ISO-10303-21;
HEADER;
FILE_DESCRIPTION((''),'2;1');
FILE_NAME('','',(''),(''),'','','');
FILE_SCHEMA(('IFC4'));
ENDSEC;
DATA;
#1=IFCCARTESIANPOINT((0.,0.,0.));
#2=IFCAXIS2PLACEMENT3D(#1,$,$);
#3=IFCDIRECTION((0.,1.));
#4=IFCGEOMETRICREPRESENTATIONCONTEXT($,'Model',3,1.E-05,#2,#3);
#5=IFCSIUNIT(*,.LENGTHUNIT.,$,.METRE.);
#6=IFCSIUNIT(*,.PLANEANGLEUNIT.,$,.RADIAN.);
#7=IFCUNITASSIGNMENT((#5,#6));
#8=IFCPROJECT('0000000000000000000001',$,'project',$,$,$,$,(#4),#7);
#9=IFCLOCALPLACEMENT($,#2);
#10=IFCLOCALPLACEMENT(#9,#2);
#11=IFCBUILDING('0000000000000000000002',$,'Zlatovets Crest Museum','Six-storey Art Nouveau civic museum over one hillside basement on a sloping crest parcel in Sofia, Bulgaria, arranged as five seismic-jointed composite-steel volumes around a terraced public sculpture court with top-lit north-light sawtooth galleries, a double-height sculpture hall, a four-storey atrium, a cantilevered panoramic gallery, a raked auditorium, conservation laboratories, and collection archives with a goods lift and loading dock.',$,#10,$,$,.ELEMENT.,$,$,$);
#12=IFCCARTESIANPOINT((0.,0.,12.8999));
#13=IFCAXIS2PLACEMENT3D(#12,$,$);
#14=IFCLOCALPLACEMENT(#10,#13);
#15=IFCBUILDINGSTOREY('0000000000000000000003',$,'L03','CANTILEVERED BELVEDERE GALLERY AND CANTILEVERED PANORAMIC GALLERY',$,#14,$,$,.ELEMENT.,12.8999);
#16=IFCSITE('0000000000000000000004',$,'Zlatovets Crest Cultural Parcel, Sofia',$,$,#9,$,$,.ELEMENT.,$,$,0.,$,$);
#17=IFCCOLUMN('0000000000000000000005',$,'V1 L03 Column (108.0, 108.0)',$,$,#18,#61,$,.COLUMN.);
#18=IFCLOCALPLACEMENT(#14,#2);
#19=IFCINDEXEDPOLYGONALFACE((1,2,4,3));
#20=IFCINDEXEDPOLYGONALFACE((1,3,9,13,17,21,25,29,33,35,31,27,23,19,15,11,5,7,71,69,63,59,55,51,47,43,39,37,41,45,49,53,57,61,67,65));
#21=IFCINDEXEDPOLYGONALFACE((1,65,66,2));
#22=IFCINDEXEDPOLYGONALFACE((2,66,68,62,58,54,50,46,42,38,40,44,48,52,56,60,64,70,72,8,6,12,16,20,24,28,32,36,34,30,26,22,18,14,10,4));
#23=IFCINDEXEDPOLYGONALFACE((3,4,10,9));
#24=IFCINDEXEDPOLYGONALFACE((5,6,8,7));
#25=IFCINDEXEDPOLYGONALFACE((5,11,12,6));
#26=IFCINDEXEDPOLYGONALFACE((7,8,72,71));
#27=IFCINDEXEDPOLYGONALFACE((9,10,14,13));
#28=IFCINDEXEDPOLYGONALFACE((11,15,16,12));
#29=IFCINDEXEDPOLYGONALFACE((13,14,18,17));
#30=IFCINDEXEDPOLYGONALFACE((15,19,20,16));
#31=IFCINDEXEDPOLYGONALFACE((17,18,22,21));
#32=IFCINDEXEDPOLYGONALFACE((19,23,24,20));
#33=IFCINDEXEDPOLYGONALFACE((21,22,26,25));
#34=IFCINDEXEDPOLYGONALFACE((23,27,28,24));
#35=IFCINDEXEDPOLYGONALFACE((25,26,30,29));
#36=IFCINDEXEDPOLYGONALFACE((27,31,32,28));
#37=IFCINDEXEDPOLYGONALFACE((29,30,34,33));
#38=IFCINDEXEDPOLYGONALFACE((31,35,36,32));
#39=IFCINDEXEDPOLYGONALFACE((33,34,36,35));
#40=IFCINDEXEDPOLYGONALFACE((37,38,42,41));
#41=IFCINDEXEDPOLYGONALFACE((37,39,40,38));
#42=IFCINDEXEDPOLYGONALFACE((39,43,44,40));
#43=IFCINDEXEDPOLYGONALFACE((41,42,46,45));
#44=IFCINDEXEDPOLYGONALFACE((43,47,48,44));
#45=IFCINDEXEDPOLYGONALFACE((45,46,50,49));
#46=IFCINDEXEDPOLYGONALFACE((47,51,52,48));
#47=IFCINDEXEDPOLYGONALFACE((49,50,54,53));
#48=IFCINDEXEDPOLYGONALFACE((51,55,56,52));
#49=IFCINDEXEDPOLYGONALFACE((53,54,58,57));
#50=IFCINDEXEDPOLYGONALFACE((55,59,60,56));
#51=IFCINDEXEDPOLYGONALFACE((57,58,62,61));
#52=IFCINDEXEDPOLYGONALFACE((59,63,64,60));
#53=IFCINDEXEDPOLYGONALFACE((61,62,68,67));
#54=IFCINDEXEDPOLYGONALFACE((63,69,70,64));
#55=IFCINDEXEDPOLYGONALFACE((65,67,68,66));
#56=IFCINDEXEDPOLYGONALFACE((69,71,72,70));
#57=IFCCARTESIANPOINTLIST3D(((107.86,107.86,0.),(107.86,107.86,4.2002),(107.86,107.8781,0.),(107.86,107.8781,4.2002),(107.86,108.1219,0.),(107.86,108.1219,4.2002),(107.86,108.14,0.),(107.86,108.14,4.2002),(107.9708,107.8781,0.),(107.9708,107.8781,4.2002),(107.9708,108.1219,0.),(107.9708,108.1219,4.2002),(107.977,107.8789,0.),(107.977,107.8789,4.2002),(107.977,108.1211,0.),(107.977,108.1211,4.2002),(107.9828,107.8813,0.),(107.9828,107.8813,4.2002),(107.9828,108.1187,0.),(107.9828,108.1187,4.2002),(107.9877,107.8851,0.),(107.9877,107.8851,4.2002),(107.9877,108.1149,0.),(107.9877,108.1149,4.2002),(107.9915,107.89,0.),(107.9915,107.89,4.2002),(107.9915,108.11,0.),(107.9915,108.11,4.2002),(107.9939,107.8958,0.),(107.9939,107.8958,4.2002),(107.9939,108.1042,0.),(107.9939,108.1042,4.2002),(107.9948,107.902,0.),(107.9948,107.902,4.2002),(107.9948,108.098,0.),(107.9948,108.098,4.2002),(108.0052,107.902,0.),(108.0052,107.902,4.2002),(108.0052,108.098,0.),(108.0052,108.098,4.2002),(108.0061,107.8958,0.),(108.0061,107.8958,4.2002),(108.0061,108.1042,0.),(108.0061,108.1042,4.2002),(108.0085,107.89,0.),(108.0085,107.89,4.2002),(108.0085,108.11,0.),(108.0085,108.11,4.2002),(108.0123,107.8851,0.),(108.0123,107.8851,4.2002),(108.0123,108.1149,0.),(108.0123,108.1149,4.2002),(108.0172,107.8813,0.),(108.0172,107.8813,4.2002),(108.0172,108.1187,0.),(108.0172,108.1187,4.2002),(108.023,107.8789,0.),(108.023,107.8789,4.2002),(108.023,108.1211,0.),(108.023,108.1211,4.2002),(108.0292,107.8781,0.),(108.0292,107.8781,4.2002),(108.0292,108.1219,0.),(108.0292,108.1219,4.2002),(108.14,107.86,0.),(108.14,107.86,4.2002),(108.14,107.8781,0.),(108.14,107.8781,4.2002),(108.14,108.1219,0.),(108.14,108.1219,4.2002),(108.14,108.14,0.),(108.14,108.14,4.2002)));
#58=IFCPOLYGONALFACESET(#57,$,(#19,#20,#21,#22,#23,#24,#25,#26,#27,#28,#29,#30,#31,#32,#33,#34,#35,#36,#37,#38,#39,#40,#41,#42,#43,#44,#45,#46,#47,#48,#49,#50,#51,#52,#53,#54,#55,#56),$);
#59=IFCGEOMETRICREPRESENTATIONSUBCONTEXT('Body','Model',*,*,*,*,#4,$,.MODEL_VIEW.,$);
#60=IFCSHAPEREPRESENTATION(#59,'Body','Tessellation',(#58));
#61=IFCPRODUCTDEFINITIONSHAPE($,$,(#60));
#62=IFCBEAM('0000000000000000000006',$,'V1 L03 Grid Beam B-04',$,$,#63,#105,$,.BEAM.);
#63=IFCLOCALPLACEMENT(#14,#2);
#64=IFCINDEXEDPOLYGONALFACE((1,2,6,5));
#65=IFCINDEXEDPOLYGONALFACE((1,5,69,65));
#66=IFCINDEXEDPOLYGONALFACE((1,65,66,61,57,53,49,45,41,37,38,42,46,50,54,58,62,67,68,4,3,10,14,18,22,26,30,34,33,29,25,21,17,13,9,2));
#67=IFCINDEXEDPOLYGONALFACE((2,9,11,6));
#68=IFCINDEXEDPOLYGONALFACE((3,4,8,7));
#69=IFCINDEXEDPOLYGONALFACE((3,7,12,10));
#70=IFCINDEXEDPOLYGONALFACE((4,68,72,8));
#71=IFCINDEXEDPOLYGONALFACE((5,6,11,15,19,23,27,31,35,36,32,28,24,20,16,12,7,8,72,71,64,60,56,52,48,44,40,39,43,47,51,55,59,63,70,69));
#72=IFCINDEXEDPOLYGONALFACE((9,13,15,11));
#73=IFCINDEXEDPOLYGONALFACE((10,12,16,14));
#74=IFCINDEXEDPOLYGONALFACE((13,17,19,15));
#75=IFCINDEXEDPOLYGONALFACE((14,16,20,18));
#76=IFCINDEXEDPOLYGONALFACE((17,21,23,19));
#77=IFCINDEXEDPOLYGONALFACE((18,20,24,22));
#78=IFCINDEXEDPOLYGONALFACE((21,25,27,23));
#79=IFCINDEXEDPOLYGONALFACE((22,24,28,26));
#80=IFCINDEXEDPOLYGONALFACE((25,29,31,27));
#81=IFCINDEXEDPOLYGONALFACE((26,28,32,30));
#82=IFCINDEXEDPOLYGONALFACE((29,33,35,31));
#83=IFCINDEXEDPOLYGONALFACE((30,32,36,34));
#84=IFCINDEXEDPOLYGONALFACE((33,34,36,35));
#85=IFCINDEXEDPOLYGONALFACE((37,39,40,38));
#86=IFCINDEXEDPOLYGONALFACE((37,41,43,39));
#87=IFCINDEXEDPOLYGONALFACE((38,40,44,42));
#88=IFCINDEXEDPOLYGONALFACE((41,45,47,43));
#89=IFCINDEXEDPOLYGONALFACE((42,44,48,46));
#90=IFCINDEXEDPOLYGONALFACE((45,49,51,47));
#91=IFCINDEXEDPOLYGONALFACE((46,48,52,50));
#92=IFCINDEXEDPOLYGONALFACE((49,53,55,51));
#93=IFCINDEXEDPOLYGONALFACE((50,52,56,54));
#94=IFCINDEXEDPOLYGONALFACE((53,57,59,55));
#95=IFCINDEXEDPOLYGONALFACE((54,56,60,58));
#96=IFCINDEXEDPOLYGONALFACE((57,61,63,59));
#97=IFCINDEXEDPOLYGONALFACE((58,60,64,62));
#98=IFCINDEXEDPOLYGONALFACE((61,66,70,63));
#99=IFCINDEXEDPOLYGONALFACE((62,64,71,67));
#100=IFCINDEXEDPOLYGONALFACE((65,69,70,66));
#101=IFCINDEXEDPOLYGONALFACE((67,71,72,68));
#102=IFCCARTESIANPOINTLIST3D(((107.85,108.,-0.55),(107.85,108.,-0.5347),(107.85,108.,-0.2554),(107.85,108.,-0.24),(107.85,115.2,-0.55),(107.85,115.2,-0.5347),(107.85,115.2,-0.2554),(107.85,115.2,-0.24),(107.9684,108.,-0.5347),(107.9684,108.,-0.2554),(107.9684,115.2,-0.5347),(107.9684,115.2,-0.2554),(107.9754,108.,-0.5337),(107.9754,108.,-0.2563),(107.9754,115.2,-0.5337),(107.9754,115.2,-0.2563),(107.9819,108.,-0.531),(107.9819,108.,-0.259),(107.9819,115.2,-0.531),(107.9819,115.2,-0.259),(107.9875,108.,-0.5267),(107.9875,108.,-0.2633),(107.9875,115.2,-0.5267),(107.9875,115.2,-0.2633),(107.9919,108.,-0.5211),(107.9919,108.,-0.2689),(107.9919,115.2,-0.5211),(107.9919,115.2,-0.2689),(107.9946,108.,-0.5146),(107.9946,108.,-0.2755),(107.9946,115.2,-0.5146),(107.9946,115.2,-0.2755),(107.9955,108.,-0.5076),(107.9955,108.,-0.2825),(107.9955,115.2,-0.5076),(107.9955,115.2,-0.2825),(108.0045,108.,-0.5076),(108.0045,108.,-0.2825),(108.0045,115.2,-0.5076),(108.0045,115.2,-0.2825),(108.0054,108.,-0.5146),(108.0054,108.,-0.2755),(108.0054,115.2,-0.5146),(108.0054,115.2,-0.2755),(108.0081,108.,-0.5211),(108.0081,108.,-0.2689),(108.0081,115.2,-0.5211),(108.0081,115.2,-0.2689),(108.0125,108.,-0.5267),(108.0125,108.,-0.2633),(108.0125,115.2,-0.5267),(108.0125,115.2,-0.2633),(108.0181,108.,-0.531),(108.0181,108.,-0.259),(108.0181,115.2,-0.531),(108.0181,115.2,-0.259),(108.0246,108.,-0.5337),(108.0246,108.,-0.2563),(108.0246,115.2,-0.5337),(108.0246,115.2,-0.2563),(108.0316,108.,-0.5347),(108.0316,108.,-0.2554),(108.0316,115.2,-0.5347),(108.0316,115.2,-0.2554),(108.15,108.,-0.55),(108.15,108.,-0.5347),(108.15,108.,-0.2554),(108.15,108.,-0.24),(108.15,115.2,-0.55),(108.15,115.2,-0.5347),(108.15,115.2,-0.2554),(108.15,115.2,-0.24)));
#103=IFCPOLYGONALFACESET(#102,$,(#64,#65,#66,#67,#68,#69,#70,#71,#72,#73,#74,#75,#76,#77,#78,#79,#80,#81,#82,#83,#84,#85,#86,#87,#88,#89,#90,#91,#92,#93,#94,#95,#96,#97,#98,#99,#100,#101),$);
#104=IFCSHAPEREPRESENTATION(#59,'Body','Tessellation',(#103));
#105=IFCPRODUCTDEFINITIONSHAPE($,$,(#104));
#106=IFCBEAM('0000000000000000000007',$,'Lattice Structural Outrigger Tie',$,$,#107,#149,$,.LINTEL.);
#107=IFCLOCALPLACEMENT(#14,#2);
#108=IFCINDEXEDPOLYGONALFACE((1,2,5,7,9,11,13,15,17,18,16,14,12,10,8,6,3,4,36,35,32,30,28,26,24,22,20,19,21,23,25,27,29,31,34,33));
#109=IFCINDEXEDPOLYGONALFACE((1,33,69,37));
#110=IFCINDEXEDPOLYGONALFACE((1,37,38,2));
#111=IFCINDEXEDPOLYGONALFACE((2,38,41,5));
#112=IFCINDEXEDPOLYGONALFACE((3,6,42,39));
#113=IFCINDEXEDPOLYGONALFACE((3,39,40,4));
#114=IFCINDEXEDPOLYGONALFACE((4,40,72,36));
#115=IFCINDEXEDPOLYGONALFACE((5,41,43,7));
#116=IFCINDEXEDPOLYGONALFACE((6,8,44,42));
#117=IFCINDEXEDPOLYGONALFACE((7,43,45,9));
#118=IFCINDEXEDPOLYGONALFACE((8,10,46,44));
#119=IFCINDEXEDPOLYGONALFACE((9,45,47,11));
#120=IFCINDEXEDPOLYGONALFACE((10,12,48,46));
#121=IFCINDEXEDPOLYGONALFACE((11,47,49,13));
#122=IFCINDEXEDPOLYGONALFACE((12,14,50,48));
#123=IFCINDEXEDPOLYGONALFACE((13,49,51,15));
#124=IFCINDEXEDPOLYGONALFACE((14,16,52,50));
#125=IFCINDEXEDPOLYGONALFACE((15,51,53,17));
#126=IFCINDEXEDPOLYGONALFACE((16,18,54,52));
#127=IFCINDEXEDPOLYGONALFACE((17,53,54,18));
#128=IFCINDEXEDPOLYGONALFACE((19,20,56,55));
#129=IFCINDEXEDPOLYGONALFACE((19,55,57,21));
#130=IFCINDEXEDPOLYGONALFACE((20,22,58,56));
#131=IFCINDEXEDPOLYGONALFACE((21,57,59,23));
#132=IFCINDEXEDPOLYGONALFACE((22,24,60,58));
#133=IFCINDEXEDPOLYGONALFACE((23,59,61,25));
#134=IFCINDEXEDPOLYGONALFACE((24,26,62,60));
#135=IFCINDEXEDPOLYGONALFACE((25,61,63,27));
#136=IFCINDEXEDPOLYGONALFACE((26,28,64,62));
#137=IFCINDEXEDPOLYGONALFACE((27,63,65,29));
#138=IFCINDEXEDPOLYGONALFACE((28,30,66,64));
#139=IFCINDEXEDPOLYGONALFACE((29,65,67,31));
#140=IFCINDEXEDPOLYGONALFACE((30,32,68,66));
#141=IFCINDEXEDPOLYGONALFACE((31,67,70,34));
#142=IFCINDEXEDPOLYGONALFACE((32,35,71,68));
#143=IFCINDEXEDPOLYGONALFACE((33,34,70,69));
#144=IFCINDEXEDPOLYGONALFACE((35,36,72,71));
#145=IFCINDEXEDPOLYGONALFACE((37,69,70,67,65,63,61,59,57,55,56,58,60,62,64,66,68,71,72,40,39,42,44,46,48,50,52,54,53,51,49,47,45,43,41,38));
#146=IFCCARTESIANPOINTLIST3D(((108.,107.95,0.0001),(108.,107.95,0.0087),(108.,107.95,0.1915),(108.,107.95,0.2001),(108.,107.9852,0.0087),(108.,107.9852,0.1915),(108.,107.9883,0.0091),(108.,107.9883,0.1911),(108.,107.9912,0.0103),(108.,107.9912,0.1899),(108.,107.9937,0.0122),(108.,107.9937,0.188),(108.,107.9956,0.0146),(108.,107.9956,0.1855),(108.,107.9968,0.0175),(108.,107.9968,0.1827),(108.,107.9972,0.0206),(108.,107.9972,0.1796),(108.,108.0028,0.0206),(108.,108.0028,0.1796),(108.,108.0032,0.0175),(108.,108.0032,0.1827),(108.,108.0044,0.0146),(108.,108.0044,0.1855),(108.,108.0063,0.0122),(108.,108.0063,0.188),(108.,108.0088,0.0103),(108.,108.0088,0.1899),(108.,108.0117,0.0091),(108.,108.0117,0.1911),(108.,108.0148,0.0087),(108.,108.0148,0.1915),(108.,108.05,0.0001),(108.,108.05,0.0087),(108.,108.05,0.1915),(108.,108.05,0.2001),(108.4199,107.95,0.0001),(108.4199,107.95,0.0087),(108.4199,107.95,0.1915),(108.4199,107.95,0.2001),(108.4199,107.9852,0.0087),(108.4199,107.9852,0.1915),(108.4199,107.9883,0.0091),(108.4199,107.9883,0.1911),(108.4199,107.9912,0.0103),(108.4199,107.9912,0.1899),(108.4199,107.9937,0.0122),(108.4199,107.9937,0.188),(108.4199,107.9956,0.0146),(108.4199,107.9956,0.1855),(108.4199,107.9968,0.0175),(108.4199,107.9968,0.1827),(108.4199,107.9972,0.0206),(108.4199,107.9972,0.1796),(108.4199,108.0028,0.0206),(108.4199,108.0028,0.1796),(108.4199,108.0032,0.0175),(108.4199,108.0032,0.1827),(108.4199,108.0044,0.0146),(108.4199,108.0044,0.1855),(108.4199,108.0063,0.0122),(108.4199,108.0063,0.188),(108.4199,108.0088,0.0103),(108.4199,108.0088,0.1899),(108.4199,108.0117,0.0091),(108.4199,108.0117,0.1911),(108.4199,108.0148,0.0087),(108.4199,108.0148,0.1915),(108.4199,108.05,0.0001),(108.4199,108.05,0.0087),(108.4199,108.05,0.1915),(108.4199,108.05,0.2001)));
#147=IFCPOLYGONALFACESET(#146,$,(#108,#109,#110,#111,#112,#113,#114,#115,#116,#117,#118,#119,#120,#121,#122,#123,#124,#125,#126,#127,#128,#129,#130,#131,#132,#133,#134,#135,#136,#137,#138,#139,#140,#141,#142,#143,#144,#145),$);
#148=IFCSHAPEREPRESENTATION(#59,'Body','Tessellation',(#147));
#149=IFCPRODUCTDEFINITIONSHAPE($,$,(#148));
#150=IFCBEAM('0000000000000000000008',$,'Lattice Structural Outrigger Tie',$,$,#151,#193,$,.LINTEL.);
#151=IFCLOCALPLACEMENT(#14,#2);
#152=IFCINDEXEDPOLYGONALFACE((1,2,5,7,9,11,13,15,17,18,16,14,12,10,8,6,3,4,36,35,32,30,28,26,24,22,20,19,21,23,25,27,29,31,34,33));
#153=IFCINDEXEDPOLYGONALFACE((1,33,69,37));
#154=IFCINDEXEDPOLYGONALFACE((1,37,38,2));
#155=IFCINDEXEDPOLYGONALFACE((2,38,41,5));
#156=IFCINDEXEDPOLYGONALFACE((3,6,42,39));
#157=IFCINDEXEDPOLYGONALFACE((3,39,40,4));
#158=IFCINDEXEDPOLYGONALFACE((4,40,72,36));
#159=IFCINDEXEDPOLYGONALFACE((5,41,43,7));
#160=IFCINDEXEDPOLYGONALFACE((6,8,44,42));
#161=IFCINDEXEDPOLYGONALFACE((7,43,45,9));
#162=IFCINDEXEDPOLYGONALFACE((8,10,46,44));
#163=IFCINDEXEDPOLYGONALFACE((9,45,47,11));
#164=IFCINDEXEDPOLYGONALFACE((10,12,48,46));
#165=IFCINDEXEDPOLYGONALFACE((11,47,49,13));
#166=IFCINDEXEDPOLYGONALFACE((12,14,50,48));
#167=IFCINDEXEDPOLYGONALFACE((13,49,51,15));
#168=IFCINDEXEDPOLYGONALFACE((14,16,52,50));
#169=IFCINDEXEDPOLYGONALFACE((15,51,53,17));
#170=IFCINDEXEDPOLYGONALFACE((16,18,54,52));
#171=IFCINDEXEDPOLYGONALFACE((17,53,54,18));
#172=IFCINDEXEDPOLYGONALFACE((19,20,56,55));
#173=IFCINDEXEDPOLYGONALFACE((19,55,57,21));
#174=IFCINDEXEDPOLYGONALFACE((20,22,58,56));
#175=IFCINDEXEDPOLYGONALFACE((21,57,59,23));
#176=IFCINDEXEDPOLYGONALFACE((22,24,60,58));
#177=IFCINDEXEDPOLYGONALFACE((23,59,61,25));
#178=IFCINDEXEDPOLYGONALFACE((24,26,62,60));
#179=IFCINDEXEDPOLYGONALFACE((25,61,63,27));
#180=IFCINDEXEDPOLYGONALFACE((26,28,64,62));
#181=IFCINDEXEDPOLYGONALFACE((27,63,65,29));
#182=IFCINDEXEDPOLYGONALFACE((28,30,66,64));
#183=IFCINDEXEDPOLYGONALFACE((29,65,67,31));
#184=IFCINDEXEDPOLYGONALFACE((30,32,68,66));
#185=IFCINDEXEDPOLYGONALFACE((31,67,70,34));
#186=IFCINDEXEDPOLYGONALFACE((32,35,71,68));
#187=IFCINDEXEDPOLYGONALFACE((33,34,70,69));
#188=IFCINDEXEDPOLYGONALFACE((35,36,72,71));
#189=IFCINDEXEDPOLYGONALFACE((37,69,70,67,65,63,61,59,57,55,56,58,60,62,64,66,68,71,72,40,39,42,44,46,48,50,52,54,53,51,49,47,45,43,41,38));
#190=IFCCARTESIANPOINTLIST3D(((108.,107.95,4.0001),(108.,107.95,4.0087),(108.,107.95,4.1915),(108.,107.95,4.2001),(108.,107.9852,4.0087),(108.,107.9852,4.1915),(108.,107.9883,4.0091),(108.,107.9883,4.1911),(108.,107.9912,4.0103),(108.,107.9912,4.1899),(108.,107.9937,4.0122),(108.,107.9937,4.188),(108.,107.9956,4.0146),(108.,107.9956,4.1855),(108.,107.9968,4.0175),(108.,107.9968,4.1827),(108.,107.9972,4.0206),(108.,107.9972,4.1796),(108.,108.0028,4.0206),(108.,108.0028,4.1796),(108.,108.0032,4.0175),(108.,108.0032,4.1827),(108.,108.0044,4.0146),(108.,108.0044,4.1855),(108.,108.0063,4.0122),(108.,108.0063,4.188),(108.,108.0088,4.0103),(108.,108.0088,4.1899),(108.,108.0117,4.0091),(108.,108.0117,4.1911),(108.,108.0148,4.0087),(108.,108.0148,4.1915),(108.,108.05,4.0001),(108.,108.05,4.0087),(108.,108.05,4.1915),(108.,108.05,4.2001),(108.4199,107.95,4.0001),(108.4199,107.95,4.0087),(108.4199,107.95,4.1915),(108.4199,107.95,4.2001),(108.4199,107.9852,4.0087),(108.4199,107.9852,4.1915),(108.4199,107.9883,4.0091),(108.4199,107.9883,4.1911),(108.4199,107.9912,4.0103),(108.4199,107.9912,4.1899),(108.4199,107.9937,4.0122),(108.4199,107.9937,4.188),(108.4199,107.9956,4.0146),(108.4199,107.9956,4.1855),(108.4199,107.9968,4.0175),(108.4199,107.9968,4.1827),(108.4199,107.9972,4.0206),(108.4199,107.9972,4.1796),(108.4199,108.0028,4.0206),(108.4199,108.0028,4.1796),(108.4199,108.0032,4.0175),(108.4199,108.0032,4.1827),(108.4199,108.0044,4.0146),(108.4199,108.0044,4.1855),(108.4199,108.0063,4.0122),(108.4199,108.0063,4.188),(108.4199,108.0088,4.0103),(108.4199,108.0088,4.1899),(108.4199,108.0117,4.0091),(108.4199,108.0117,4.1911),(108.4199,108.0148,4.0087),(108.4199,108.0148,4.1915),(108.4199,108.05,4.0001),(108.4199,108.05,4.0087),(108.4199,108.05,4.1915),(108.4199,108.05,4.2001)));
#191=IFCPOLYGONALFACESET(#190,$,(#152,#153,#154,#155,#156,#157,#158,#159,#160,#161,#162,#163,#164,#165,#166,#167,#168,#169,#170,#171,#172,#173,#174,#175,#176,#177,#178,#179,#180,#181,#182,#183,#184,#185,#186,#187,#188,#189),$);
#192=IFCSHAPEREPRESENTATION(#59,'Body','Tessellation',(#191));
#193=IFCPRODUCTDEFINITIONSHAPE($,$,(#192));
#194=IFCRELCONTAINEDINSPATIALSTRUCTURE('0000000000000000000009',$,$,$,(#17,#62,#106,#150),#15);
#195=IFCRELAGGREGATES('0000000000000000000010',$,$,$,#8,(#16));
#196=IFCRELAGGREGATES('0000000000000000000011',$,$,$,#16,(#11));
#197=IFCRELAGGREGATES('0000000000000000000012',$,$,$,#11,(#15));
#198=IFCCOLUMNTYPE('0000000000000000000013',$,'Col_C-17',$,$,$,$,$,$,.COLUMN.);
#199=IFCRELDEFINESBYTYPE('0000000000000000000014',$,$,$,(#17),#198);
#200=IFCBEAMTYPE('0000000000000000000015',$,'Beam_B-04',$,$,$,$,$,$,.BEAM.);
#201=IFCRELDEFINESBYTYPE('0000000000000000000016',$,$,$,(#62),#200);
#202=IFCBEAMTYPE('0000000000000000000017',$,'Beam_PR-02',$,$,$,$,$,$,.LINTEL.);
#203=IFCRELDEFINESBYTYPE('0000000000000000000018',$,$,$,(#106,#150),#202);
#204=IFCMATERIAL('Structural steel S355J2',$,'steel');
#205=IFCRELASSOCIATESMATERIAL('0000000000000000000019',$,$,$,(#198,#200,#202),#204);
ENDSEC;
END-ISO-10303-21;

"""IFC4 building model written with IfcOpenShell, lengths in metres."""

from ifc_helpers import new_model, si_unit, direction, frame, origin, origin_2d, place, context, subcontext, project, spatial, i_section, extrude, material, material_profile, profile_set, type_object, element, save


model = new_model("IFC4")

# Units and contexts
model_context = context("Model", 3, precision=1e-05, world=origin(), true_north=direction((0.0, 1.0)))
body_context = subcontext(model_context, "Body", "Model", "MODEL_VIEW")
ifc_project = project(units=[si_unit("LENGTHUNIT", "METRE"), si_unit("PLANEANGLEUNIT", "RADIAN")], contexts=[model_context])

# Site, building, storey
site_placement = place(None, origin())
site = spatial("IfcSite", under=ifc_project, at=site_placement, Name="Zlatovets Crest Cultural Parcel, Sofia", CompositionType="ELEMENT", RefElevation=0.0)
building_placement = place(site_placement, origin())
building = spatial("IfcBuilding", under=site, at=building_placement, Name="Zlatovets Crest Museum", Description="Six-storey Art Nouveau civic museum over one hillside basement on a sloping crest parcel in Sofia, Bulgaria, arranged as five seismic-jointed composite-steel volumes around a terraced public sculpture court with top-lit north-light sawtooth galleries, a double-height sculpture hall, a four-storey atrium, a cantilevered panoramic gallery, a raked auditorium, conservation laboratories, and collection archives with a goods lift and loading dock.", CompositionType="ELEMENT")
storey_placement = place(building_placement, frame((0.0, 0.0, 12.8999)))
storey = spatial("IfcBuildingStorey", under=building, at=storey_placement, Name="L03", Description="CANTILEVERED BELVEDERE GALLERY AND CANTILEVERED PANORAMIC GALLERY", CompositionType="ELEMENT", Elevation=12.8999)

# Column
ifc_material_1 = material(Name="Structural steel S355J2", Category="steel")
ifc_material_profile_1 = material_profile(ifc_material_1, i_section(OverallWidth=0.28, OverallDepth=0.28, WebThickness=0.0105, FlangeThickness=0.0181, FilletRadius=0.0239, at=origin_2d()), Name="HEB 280")
ifc_profile_set_1 = profile_set([ifc_material_profile_1], Name="Structural steel S355J2")
column_type = type_object("IfcColumnType", Name="Col_C-17", PredefinedType="COLUMN", material=ifc_profile_set_1)
column_placement = place(storey_placement, frame((108.0, 108.0, 0.0), z_axis=(0.0, 0.0, 1.0), x_axis=(1.0, 0.0, 0.0)))
element("IfcColumn", 1, at=column_placement, inside=storey, type_object=column_type, Name="V1 L03 Column (108.0, 108.0)", PredefinedType="COLUMN", context=body_context, shape_type="SweptSolid", body=[
    extrude(i_section(OverallWidth=0.28, OverallDepth=0.28, WebThickness=0.0105, FlangeThickness=0.0181, FilletRadius=0.0239, at=origin_2d()), origin(), (0.0, 0.0, 1.0), 4.2002),
])

# Beams
ifc_material_profile_2 = material_profile(ifc_material_1, i_section(OverallWidth=0.3, OverallDepth=0.3101, WebThickness=0.009, FlangeThickness=0.0154, FilletRadius=0.0271, at=origin_2d()), Name="HEA 320")
ifc_profile_set_2 = profile_set([ifc_material_profile_2], Name="Structural steel S355J2")
beam_type_1 = type_object("IfcBeamType", Name="Beam_B-04", PredefinedType="BEAM", material=ifc_profile_set_2)
beam_placement = place(storey_placement, frame((108.0, 108.0, -0.395), z_axis=(0.0, 1.0, 0.0), x_axis=(-1.0, 0.0, 0.0)))
element("IfcBeam", 2, at=beam_placement, inside=storey, type_object=beam_type_1, Name="V1 L03 Grid Beam B-04", PredefinedType="BEAM", context=body_context, shape_type="SweptSolid", body=[
    extrude(i_section(OverallWidth=0.3, OverallDepth=0.3101, WebThickness=0.009, FlangeThickness=0.0154, FilletRadius=0.0271, at=origin_2d()), origin(), (0.0, 0.0, 1.0), 7.2),
])
ifc_material_profile_3 = material_profile(ifc_material_1, i_section(OverallWidth=0.1001, OverallDepth=0.2, WebThickness=0.0056, FlangeThickness=0.0085, FilletRadius=0.012, at=origin_2d()), Name="IPE 200")
ifc_profile_set_3 = profile_set([ifc_material_profile_3], Name="Structural steel S355J2")
beam_type_2 = type_object("IfcBeamType", Name="Beam_PR-02", PredefinedType="LINTEL", material=ifc_profile_set_3)
for number, where, z_axis, x_axis, name in (
    (3, (108.0, 108.0, 0.1001), (1.0, 0.0, 0.0), (0.0, 1.0, 0.0), "Lattice Structural Outrigger Tie"),
    (4, (108.0, 108.0, 4.1001), (1.0, 0.0, 0.0), (0.0, 1.0, 0.0), "Lattice Structural Outrigger Tie"),
):
    element("IfcBeam", number, at=place(storey_placement, frame(where, z_axis=z_axis, x_axis=x_axis)), inside=storey, type_object=beam_type_2, Name=name, PredefinedType="LINTEL", context=body_context, shape_type="SweptSolid", body=[
        extrude(i_section(OverallWidth=0.1001, OverallDepth=0.2, WebThickness=0.0056, FlangeThickness=0.0085, FilletRadius=0.012, at=origin_2d()), origin(), (0.0, 0.0, 1.0), 0.4199),
    ])

save(model, "model.ifc")
